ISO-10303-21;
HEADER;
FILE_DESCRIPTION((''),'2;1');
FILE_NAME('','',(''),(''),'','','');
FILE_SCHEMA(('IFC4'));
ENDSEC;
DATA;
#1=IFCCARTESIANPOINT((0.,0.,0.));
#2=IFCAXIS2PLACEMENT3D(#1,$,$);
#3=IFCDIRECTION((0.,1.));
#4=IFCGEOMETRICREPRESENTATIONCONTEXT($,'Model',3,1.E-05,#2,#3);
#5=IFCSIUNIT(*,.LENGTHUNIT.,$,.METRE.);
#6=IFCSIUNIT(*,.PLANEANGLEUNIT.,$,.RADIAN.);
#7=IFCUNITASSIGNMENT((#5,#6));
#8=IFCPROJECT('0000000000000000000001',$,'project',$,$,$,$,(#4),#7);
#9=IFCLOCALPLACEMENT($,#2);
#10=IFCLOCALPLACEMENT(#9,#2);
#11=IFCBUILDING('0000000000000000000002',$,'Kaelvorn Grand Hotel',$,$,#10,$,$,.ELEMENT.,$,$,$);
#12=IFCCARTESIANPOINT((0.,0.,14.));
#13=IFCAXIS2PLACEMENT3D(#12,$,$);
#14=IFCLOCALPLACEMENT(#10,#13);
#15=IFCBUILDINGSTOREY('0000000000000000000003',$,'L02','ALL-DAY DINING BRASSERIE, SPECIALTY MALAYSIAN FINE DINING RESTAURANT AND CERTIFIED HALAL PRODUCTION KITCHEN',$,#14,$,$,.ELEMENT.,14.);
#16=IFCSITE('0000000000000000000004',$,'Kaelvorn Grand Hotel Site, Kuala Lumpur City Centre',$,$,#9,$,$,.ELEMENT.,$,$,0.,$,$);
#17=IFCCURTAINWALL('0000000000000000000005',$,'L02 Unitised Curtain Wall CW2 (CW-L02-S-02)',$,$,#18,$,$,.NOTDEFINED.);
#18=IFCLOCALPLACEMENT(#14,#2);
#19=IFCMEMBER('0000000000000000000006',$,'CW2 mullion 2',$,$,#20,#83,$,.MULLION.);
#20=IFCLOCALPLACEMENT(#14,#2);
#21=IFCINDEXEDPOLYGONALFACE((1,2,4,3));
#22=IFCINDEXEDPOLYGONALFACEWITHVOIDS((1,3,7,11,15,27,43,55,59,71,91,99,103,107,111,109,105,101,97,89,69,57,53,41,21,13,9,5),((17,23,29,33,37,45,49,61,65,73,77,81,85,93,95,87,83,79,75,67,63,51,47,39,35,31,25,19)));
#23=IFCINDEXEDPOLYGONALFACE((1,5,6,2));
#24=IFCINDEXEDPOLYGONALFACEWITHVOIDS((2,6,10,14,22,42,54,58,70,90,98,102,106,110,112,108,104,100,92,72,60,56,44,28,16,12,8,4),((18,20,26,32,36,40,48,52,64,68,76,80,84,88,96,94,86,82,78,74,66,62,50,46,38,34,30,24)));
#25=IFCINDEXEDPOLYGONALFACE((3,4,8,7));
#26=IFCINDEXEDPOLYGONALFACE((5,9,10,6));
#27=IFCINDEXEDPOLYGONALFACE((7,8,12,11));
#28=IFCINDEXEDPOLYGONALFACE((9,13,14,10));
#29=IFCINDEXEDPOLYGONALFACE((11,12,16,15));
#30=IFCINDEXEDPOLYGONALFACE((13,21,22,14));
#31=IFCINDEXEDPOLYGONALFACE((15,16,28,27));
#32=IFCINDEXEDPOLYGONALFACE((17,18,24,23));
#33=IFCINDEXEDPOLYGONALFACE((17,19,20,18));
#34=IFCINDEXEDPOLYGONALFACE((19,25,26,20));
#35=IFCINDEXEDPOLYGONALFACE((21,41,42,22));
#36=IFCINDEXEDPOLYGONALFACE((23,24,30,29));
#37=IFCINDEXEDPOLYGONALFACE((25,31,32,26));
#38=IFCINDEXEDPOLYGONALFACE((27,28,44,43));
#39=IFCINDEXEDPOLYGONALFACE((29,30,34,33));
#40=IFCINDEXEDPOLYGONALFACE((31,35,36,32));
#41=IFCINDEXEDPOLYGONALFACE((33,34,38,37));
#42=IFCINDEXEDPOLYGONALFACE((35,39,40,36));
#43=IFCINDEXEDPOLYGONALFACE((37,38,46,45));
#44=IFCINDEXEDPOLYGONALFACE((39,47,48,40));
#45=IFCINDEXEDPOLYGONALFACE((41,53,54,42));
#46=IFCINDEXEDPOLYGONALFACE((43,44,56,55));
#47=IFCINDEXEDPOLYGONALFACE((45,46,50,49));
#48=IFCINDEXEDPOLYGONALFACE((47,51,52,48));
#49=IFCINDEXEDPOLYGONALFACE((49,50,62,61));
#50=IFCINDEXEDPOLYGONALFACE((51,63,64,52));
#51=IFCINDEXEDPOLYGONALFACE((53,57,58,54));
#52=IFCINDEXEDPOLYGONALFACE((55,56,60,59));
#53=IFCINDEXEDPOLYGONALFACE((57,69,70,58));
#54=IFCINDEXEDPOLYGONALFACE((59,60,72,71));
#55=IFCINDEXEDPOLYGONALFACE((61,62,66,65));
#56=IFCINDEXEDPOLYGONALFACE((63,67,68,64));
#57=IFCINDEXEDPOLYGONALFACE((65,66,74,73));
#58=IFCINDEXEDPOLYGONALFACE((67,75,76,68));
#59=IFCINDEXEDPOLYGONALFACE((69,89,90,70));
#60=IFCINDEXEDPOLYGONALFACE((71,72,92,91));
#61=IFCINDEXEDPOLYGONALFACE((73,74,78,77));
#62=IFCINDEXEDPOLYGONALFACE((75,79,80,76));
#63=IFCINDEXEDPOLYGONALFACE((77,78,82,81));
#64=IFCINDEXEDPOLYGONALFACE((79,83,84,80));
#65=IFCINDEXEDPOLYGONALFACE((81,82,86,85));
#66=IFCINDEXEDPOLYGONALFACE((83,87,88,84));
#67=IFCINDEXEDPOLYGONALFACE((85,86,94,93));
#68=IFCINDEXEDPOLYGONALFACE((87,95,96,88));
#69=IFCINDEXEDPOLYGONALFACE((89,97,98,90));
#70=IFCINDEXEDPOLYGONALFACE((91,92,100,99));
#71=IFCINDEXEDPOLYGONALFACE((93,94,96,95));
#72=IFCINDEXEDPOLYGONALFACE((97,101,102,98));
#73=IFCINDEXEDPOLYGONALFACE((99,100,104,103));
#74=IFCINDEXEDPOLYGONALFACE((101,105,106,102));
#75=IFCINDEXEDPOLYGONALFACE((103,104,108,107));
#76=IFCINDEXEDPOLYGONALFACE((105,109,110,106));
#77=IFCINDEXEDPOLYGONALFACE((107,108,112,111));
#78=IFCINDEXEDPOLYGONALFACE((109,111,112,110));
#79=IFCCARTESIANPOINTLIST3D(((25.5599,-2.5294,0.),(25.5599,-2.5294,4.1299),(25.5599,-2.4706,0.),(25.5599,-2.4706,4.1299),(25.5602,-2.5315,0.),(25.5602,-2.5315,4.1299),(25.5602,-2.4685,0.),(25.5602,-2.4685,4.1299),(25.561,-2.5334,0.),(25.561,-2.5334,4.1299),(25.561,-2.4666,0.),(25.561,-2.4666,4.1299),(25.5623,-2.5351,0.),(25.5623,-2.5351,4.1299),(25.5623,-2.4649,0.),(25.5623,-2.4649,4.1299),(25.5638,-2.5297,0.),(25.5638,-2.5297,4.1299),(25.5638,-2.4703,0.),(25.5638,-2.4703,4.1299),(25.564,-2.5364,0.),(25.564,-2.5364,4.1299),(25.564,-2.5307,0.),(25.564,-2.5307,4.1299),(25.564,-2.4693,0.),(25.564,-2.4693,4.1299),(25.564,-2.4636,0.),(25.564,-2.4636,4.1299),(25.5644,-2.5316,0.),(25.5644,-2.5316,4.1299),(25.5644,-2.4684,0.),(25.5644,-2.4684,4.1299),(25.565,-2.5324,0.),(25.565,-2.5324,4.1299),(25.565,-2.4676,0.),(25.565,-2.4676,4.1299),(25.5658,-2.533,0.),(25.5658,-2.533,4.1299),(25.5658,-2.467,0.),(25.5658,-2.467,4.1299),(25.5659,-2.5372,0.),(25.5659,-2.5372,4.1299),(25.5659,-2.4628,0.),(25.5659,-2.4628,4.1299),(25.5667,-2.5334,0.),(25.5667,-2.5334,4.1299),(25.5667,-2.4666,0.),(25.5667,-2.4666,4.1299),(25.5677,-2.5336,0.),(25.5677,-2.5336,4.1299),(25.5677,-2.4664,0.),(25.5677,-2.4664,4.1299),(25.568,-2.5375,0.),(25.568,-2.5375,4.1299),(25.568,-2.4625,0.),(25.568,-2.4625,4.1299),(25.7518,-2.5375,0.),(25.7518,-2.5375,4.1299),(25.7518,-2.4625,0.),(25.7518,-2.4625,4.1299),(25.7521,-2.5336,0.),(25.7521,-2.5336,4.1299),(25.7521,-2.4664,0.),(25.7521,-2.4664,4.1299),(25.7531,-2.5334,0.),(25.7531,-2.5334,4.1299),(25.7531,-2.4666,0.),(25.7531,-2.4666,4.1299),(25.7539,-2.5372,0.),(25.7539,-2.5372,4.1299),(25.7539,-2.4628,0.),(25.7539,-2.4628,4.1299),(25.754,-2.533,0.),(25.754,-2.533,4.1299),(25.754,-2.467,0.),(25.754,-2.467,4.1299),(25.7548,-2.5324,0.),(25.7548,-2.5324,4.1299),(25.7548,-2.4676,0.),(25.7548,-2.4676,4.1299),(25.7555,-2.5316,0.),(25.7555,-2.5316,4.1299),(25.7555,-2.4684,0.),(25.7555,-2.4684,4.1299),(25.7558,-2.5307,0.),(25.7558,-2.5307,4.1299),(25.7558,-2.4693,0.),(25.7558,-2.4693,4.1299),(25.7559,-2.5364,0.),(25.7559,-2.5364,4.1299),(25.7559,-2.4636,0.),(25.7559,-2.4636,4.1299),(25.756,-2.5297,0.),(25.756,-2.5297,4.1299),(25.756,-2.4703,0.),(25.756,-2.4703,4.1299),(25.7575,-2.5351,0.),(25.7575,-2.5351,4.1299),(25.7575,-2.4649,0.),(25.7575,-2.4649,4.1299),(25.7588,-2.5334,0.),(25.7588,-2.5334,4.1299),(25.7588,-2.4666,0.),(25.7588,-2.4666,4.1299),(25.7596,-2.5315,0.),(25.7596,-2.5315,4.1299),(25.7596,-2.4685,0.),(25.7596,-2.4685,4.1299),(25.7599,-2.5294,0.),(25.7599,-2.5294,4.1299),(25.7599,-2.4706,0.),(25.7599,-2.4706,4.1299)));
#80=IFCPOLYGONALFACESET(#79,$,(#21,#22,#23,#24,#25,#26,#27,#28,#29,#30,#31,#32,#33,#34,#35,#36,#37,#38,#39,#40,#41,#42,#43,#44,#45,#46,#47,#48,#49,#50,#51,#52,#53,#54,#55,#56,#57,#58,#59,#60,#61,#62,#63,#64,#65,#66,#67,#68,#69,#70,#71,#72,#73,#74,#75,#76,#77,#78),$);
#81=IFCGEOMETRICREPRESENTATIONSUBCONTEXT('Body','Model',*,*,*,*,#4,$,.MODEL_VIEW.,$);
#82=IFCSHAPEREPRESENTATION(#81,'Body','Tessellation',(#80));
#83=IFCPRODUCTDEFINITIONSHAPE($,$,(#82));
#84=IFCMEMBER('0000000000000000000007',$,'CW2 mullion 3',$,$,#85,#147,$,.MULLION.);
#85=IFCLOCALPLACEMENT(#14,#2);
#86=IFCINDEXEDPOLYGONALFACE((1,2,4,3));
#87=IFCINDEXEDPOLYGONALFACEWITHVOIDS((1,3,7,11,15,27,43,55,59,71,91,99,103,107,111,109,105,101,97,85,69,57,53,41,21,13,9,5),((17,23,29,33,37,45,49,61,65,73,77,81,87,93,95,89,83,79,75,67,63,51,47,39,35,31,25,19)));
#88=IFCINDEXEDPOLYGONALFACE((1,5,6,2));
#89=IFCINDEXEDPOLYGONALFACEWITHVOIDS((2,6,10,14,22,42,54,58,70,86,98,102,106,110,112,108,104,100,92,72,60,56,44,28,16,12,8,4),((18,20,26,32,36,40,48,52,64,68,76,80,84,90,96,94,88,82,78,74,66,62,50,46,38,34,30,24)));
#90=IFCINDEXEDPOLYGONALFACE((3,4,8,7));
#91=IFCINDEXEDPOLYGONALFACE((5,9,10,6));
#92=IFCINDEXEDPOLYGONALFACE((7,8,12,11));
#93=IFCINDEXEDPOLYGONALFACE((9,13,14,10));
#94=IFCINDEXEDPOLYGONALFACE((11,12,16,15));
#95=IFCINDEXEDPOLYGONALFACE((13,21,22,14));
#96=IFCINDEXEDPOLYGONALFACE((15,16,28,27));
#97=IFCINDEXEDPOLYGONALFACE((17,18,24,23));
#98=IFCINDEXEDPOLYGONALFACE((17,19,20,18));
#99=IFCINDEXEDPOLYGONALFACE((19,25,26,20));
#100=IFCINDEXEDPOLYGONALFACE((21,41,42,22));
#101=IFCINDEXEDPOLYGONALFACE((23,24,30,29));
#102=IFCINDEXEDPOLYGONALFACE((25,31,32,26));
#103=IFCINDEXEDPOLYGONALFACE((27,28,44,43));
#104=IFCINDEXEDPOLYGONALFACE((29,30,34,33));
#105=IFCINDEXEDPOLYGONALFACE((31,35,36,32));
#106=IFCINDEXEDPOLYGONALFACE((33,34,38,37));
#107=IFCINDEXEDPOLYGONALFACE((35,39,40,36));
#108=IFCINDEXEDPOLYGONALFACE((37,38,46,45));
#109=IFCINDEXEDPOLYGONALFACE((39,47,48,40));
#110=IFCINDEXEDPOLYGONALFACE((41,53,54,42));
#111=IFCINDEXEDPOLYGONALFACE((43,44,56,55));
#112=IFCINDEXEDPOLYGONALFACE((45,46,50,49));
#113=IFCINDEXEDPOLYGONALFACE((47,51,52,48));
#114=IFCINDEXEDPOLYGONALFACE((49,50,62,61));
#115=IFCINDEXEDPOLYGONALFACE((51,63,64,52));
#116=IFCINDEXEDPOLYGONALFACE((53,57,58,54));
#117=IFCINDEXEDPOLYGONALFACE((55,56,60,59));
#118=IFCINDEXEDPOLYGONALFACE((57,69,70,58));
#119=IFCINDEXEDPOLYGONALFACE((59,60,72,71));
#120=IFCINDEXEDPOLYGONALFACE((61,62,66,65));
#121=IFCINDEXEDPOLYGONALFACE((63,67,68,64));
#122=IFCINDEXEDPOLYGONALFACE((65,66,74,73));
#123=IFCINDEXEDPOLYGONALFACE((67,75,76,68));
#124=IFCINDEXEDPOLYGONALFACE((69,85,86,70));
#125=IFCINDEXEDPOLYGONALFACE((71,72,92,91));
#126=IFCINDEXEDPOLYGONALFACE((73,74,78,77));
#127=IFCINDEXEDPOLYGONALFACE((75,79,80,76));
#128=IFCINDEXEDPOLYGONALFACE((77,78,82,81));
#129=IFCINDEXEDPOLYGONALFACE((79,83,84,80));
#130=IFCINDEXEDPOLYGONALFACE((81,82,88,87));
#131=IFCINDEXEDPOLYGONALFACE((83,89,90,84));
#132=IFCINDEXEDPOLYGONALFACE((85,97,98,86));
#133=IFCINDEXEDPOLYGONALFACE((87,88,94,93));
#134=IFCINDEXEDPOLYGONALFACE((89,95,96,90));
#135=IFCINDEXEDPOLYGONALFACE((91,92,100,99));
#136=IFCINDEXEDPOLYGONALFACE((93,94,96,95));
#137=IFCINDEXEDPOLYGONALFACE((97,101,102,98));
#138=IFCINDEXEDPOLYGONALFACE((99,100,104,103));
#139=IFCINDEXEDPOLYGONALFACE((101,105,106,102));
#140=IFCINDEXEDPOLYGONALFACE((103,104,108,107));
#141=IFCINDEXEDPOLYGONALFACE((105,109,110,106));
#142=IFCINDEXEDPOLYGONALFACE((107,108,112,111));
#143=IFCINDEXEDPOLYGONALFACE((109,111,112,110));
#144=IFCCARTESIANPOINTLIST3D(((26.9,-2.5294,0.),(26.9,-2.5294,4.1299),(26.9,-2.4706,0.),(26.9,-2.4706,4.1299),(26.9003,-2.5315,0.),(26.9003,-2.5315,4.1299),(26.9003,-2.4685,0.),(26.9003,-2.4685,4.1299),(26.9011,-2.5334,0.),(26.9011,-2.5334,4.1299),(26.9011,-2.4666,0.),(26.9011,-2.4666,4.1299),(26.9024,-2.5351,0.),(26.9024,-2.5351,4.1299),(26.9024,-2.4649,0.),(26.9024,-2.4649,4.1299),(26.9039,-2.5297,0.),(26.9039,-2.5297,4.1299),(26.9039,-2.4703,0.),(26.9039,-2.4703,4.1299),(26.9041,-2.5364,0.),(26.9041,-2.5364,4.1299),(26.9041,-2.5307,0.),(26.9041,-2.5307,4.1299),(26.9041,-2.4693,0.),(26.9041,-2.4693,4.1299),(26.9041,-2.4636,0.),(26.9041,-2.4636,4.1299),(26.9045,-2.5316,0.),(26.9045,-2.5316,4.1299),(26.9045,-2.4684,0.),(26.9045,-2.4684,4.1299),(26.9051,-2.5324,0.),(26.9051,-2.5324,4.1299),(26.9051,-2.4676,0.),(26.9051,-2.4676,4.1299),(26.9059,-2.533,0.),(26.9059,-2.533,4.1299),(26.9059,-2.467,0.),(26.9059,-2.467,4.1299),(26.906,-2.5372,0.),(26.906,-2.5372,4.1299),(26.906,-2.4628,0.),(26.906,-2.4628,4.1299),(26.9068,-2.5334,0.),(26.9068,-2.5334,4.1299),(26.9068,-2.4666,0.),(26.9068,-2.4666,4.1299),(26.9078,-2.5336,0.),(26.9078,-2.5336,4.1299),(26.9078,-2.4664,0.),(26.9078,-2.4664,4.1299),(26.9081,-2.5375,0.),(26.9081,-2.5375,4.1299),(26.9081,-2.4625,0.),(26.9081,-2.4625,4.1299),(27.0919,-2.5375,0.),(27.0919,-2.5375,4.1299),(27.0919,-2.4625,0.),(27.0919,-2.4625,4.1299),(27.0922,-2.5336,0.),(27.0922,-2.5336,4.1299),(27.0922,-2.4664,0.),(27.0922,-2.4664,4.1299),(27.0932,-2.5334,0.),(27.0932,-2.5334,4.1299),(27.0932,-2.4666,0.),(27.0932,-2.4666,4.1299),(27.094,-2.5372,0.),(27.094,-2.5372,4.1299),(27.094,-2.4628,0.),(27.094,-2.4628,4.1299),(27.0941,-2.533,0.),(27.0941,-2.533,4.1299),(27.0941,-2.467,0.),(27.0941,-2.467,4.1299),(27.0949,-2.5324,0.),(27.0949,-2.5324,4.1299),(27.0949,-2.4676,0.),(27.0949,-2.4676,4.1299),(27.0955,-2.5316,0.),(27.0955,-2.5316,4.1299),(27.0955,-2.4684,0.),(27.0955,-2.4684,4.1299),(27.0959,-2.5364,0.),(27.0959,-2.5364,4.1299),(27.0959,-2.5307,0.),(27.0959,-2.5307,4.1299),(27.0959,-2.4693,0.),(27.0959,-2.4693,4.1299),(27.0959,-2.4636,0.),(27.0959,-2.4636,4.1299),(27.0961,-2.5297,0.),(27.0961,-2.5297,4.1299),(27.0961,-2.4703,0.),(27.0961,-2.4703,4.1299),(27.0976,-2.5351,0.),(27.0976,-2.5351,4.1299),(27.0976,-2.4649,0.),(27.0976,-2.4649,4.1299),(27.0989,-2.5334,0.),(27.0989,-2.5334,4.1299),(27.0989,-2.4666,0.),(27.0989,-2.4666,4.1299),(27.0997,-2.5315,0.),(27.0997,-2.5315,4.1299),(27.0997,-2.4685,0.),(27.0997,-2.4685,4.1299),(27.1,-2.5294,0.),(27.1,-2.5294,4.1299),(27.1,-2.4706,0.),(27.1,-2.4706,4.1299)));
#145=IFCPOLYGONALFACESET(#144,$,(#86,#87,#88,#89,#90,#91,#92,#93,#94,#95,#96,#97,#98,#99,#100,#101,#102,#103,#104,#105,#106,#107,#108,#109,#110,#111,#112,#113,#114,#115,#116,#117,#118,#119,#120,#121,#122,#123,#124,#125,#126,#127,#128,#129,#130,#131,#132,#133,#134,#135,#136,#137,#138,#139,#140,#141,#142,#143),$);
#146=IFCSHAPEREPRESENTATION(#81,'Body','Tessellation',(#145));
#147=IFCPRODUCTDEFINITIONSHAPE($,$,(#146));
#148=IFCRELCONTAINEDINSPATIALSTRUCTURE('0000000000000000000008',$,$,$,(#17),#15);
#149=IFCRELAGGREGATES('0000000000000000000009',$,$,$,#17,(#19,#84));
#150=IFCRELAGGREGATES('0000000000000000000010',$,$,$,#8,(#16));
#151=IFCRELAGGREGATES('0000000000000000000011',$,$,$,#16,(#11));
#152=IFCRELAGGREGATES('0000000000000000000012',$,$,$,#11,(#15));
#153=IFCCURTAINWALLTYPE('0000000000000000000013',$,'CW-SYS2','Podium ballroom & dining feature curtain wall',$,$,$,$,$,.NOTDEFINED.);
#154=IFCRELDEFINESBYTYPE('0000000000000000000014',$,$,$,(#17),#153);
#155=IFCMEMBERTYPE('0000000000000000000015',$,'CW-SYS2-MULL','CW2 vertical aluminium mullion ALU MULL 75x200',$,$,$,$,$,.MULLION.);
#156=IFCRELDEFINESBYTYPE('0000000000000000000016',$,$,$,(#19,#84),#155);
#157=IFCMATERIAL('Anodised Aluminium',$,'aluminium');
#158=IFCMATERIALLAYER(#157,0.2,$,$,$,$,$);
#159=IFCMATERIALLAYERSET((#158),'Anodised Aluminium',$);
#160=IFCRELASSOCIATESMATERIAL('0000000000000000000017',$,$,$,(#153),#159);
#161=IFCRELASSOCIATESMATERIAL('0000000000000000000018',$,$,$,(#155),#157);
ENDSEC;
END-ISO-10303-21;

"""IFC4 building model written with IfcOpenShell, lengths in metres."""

from ifc_helpers import new_model, si_unit, direction, frame, origin, origin_2d, place, context, subcontext, project, spatial, hollow_rectangle, extrude, material, layer, layer_set, material_profile, profile_set, type_object, element, aggregate, save


model = new_model("IFC4")

# Units and contexts
model_context = context("Model", 3, precision=1e-05, world=origin(), true_north=direction((0.0, 1.0)))
body_context = subcontext(model_context, "Body", "Model", "MODEL_VIEW")
ifc_project = project(units=[si_unit("LENGTHUNIT", "METRE"), si_unit("PLANEANGLEUNIT", "RADIAN")], contexts=[model_context])

# Site, building, storey
site_placement = place(None, origin())
site = spatial("IfcSite", under=ifc_project, at=site_placement, Name="Kaelvorn Grand Hotel Site, Kuala Lumpur City Centre", CompositionType="ELEMENT", RefElevation=0.0)
building_placement = place(site_placement, origin())
building = spatial("IfcBuilding", under=site, at=building_placement, Name="Kaelvorn Grand Hotel", CompositionType="ELEMENT")
storey_placement = place(building_placement, frame((0.0, 0.0, 14.0)))
storey = spatial("IfcBuildingStorey", under=building, at=storey_placement, Name="L02", Description="ALL-DAY DINING BRASSERIE, SPECIALTY MALAYSIAN FINE DINING RESTAURANT AND CERTIFIED HALAL PRODUCTION KITCHEN", CompositionType="ELEMENT", Elevation=14.0)

# Shared definitions
ifc_material_1 = material(Name="Anodised Aluminium", Category="aluminium")
ifc_layer_1 = layer(ifc_material_1, 0.2)
ifc_layer_set_1 = layer_set([ifc_layer_1], Name="Anodised Aluminium")
curtain_wall_type = type_object("IfcCurtainWallType", Name="CW-SYS2", Description="Podium ballroom & dining feature curtain wall", PredefinedType="NOTDEFINED", material=ifc_layer_set_1)
ifc_material_profile_1 = material_profile(ifc_material_1, hollow_rectangle(XDim=0.075, YDim=0.2, WallThickness=0.0039, InnerFilletRadius=0.0039, OuterFilletRadius=0.0081, at=origin_2d()), Name="ALU MULL 75x200")
ifc_profile_set_1 = profile_set([ifc_material_profile_1], Name="Anodised Aluminium")
member_type_1 = type_object("IfcMemberType", Name="CW-SYS2-MULL", Description="CW2 vertical aluminium mullion ALU MULL 75x200", PredefinedType="MULLION", material=ifc_profile_set_1)

# Curtain wall, members
curtain_wall_1_placement = place(storey_placement, origin())
curtain_wall_1 = element("IfcCurtainWall", 1, at=curtain_wall_1_placement, inside=storey, type_object=curtain_wall_type, Name="L02 Unitised Curtain Wall CW2 (CW-L02-S-02)", PredefinedType="NOTDEFINED")
member_1_placement = place(storey_placement, frame((25.6599, -2.5, 0.0), z_axis=(0.0, 0.0, 1.0), x_axis=(0.0, 1.0, 0.0)))
member_1 = element("IfcMember", 2, at=member_1_placement, type_object=member_type_1, Name="CW2 mullion 2", PredefinedType="MULLION", context=body_context, shape_type="SweptSolid", body=[
    extrude(hollow_rectangle(XDim=0.075, YDim=0.2, WallThickness=0.0039, InnerFilletRadius=0.0039, OuterFilletRadius=0.0081, at=origin_2d()), origin(), (0.0, 0.0, 1.0), 4.1299),
])
member_2_placement = place(storey_placement, frame((27.0, -2.5, 0.0), z_axis=(0.0, 0.0, 1.0), x_axis=(0.0, 1.0, 0.0)))
member_2 = element("IfcMember", 3, at=member_2_placement, type_object=member_type_1, Name="CW2 mullion 3", PredefinedType="MULLION", context=body_context, shape_type="SweptSolid", body=[
    extrude(hollow_rectangle(XDim=0.075, YDim=0.2, WallThickness=0.0039, InnerFilletRadius=0.0039, OuterFilletRadius=0.0081, at=origin_2d()), origin(), (0.0, 0.0, 1.0), 4.1299),
])

aggregate(curtain_wall_1, [member_1, member_2])

save(model, "model.ifc")
